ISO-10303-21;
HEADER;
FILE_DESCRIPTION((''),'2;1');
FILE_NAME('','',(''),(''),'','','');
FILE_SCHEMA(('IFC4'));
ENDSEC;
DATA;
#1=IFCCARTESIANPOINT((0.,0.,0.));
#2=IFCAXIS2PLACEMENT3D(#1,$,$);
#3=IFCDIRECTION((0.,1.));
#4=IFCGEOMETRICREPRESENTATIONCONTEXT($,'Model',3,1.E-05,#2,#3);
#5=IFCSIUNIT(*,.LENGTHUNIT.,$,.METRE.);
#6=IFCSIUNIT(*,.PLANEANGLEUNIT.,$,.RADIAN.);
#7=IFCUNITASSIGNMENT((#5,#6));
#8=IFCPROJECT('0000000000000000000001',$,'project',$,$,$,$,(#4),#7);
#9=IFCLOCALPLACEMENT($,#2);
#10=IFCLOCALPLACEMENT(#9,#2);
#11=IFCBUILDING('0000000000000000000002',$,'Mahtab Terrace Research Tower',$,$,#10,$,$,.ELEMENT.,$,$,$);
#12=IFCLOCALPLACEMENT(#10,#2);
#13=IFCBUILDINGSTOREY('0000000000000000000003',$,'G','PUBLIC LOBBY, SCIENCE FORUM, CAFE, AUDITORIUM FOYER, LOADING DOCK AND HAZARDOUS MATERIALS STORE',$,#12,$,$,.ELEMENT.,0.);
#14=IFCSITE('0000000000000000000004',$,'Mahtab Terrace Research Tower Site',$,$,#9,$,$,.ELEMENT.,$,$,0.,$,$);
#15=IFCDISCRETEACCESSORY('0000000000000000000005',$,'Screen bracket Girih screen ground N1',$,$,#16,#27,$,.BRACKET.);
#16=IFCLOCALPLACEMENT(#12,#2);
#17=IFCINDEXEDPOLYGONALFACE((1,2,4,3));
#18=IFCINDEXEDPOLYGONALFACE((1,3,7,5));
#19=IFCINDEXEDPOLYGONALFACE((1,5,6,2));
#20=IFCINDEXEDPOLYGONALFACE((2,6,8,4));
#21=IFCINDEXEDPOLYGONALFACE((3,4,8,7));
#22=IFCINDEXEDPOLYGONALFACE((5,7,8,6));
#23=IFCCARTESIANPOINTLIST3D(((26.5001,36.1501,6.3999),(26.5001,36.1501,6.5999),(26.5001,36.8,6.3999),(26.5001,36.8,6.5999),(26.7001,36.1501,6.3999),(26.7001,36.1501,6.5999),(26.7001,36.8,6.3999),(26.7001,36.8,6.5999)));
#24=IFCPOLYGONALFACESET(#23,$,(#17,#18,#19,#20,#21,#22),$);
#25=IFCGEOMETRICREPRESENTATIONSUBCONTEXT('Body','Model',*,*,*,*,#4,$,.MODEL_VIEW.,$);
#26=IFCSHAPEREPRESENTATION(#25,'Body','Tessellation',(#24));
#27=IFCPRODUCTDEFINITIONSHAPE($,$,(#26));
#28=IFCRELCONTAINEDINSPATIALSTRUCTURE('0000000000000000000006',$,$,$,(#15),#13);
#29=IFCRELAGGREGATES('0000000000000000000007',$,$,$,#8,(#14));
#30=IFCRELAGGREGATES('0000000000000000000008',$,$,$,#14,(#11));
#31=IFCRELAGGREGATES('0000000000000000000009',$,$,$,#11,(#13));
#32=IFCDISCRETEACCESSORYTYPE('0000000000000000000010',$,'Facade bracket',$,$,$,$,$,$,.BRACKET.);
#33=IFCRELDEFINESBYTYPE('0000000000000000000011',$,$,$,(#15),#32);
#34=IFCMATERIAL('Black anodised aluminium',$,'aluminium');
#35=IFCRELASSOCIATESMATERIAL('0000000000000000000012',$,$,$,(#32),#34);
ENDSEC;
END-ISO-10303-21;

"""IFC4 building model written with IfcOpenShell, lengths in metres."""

from ifc_helpers import new_model, si_unit, direction, frame, origin, origin_2d, place, context, subcontext, project, spatial, rectangle, extrude, material, type_object, element, save


model = new_model("IFC4")

# Units and contexts
model_context = context("Model", 3, precision=1e-05, world=origin(), true_north=direction((0.0, 1.0)))
body_context = subcontext(model_context, "Body", "Model", "MODEL_VIEW")
ifc_project = project(units=[si_unit("LENGTHUNIT", "METRE"), si_unit("PLANEANGLEUNIT", "RADIAN")], contexts=[model_context])

# Site, building, storey
site_placement = place(None, origin())
site = spatial("IfcSite", under=ifc_project, at=site_placement, Name="Mahtab Terrace Research Tower Site", CompositionType="ELEMENT", RefElevation=0.0)
building_placement = place(site_placement, origin())
building = spatial("IfcBuilding", under=site, at=building_placement, Name="Mahtab Terrace Research Tower", CompositionType="ELEMENT")
storey_placement = place(building_placement, origin())
storey = spatial("IfcBuildingStorey", under=building, at=storey_placement, Name="G", Description="PUBLIC LOBBY, SCIENCE FORUM, CAFE, AUDITORIUM FOYER, LOADING DOCK AND HAZARDOUS MATERIALS STORE", CompositionType="ELEMENT", Elevation=0.0)

# Shared definitions
ifc_material_1 = material(Name="Black anodised aluminium", Category="aluminium")

# Discrete accessory
discrete_accessory_type = type_object("IfcDiscreteAccessoryType", Name="Facade bracket", PredefinedType="BRACKET", material=ifc_material_1)
discrete_accessory_placement = place(storey_placement, frame((26.6001, 36.4751, 6.3999), z_axis=(0.0, 0.0, 1.0), x_axis=(-1.0, 0.0, 0.0)))
element("IfcDiscreteAccessory", 1, at=discrete_accessory_placement, inside=storey, type_object=discrete_accessory_type, Name="Screen bracket Girih screen ground N1", PredefinedType="BRACKET", context=body_context, shape_type="SweptSolid", body=[
    extrude(rectangle(XDim=0.2, YDim=0.6499, at=origin_2d()), origin(), (0.0, 0.0, 1.0), 0.2),
])

save(model, "model.ifc")
